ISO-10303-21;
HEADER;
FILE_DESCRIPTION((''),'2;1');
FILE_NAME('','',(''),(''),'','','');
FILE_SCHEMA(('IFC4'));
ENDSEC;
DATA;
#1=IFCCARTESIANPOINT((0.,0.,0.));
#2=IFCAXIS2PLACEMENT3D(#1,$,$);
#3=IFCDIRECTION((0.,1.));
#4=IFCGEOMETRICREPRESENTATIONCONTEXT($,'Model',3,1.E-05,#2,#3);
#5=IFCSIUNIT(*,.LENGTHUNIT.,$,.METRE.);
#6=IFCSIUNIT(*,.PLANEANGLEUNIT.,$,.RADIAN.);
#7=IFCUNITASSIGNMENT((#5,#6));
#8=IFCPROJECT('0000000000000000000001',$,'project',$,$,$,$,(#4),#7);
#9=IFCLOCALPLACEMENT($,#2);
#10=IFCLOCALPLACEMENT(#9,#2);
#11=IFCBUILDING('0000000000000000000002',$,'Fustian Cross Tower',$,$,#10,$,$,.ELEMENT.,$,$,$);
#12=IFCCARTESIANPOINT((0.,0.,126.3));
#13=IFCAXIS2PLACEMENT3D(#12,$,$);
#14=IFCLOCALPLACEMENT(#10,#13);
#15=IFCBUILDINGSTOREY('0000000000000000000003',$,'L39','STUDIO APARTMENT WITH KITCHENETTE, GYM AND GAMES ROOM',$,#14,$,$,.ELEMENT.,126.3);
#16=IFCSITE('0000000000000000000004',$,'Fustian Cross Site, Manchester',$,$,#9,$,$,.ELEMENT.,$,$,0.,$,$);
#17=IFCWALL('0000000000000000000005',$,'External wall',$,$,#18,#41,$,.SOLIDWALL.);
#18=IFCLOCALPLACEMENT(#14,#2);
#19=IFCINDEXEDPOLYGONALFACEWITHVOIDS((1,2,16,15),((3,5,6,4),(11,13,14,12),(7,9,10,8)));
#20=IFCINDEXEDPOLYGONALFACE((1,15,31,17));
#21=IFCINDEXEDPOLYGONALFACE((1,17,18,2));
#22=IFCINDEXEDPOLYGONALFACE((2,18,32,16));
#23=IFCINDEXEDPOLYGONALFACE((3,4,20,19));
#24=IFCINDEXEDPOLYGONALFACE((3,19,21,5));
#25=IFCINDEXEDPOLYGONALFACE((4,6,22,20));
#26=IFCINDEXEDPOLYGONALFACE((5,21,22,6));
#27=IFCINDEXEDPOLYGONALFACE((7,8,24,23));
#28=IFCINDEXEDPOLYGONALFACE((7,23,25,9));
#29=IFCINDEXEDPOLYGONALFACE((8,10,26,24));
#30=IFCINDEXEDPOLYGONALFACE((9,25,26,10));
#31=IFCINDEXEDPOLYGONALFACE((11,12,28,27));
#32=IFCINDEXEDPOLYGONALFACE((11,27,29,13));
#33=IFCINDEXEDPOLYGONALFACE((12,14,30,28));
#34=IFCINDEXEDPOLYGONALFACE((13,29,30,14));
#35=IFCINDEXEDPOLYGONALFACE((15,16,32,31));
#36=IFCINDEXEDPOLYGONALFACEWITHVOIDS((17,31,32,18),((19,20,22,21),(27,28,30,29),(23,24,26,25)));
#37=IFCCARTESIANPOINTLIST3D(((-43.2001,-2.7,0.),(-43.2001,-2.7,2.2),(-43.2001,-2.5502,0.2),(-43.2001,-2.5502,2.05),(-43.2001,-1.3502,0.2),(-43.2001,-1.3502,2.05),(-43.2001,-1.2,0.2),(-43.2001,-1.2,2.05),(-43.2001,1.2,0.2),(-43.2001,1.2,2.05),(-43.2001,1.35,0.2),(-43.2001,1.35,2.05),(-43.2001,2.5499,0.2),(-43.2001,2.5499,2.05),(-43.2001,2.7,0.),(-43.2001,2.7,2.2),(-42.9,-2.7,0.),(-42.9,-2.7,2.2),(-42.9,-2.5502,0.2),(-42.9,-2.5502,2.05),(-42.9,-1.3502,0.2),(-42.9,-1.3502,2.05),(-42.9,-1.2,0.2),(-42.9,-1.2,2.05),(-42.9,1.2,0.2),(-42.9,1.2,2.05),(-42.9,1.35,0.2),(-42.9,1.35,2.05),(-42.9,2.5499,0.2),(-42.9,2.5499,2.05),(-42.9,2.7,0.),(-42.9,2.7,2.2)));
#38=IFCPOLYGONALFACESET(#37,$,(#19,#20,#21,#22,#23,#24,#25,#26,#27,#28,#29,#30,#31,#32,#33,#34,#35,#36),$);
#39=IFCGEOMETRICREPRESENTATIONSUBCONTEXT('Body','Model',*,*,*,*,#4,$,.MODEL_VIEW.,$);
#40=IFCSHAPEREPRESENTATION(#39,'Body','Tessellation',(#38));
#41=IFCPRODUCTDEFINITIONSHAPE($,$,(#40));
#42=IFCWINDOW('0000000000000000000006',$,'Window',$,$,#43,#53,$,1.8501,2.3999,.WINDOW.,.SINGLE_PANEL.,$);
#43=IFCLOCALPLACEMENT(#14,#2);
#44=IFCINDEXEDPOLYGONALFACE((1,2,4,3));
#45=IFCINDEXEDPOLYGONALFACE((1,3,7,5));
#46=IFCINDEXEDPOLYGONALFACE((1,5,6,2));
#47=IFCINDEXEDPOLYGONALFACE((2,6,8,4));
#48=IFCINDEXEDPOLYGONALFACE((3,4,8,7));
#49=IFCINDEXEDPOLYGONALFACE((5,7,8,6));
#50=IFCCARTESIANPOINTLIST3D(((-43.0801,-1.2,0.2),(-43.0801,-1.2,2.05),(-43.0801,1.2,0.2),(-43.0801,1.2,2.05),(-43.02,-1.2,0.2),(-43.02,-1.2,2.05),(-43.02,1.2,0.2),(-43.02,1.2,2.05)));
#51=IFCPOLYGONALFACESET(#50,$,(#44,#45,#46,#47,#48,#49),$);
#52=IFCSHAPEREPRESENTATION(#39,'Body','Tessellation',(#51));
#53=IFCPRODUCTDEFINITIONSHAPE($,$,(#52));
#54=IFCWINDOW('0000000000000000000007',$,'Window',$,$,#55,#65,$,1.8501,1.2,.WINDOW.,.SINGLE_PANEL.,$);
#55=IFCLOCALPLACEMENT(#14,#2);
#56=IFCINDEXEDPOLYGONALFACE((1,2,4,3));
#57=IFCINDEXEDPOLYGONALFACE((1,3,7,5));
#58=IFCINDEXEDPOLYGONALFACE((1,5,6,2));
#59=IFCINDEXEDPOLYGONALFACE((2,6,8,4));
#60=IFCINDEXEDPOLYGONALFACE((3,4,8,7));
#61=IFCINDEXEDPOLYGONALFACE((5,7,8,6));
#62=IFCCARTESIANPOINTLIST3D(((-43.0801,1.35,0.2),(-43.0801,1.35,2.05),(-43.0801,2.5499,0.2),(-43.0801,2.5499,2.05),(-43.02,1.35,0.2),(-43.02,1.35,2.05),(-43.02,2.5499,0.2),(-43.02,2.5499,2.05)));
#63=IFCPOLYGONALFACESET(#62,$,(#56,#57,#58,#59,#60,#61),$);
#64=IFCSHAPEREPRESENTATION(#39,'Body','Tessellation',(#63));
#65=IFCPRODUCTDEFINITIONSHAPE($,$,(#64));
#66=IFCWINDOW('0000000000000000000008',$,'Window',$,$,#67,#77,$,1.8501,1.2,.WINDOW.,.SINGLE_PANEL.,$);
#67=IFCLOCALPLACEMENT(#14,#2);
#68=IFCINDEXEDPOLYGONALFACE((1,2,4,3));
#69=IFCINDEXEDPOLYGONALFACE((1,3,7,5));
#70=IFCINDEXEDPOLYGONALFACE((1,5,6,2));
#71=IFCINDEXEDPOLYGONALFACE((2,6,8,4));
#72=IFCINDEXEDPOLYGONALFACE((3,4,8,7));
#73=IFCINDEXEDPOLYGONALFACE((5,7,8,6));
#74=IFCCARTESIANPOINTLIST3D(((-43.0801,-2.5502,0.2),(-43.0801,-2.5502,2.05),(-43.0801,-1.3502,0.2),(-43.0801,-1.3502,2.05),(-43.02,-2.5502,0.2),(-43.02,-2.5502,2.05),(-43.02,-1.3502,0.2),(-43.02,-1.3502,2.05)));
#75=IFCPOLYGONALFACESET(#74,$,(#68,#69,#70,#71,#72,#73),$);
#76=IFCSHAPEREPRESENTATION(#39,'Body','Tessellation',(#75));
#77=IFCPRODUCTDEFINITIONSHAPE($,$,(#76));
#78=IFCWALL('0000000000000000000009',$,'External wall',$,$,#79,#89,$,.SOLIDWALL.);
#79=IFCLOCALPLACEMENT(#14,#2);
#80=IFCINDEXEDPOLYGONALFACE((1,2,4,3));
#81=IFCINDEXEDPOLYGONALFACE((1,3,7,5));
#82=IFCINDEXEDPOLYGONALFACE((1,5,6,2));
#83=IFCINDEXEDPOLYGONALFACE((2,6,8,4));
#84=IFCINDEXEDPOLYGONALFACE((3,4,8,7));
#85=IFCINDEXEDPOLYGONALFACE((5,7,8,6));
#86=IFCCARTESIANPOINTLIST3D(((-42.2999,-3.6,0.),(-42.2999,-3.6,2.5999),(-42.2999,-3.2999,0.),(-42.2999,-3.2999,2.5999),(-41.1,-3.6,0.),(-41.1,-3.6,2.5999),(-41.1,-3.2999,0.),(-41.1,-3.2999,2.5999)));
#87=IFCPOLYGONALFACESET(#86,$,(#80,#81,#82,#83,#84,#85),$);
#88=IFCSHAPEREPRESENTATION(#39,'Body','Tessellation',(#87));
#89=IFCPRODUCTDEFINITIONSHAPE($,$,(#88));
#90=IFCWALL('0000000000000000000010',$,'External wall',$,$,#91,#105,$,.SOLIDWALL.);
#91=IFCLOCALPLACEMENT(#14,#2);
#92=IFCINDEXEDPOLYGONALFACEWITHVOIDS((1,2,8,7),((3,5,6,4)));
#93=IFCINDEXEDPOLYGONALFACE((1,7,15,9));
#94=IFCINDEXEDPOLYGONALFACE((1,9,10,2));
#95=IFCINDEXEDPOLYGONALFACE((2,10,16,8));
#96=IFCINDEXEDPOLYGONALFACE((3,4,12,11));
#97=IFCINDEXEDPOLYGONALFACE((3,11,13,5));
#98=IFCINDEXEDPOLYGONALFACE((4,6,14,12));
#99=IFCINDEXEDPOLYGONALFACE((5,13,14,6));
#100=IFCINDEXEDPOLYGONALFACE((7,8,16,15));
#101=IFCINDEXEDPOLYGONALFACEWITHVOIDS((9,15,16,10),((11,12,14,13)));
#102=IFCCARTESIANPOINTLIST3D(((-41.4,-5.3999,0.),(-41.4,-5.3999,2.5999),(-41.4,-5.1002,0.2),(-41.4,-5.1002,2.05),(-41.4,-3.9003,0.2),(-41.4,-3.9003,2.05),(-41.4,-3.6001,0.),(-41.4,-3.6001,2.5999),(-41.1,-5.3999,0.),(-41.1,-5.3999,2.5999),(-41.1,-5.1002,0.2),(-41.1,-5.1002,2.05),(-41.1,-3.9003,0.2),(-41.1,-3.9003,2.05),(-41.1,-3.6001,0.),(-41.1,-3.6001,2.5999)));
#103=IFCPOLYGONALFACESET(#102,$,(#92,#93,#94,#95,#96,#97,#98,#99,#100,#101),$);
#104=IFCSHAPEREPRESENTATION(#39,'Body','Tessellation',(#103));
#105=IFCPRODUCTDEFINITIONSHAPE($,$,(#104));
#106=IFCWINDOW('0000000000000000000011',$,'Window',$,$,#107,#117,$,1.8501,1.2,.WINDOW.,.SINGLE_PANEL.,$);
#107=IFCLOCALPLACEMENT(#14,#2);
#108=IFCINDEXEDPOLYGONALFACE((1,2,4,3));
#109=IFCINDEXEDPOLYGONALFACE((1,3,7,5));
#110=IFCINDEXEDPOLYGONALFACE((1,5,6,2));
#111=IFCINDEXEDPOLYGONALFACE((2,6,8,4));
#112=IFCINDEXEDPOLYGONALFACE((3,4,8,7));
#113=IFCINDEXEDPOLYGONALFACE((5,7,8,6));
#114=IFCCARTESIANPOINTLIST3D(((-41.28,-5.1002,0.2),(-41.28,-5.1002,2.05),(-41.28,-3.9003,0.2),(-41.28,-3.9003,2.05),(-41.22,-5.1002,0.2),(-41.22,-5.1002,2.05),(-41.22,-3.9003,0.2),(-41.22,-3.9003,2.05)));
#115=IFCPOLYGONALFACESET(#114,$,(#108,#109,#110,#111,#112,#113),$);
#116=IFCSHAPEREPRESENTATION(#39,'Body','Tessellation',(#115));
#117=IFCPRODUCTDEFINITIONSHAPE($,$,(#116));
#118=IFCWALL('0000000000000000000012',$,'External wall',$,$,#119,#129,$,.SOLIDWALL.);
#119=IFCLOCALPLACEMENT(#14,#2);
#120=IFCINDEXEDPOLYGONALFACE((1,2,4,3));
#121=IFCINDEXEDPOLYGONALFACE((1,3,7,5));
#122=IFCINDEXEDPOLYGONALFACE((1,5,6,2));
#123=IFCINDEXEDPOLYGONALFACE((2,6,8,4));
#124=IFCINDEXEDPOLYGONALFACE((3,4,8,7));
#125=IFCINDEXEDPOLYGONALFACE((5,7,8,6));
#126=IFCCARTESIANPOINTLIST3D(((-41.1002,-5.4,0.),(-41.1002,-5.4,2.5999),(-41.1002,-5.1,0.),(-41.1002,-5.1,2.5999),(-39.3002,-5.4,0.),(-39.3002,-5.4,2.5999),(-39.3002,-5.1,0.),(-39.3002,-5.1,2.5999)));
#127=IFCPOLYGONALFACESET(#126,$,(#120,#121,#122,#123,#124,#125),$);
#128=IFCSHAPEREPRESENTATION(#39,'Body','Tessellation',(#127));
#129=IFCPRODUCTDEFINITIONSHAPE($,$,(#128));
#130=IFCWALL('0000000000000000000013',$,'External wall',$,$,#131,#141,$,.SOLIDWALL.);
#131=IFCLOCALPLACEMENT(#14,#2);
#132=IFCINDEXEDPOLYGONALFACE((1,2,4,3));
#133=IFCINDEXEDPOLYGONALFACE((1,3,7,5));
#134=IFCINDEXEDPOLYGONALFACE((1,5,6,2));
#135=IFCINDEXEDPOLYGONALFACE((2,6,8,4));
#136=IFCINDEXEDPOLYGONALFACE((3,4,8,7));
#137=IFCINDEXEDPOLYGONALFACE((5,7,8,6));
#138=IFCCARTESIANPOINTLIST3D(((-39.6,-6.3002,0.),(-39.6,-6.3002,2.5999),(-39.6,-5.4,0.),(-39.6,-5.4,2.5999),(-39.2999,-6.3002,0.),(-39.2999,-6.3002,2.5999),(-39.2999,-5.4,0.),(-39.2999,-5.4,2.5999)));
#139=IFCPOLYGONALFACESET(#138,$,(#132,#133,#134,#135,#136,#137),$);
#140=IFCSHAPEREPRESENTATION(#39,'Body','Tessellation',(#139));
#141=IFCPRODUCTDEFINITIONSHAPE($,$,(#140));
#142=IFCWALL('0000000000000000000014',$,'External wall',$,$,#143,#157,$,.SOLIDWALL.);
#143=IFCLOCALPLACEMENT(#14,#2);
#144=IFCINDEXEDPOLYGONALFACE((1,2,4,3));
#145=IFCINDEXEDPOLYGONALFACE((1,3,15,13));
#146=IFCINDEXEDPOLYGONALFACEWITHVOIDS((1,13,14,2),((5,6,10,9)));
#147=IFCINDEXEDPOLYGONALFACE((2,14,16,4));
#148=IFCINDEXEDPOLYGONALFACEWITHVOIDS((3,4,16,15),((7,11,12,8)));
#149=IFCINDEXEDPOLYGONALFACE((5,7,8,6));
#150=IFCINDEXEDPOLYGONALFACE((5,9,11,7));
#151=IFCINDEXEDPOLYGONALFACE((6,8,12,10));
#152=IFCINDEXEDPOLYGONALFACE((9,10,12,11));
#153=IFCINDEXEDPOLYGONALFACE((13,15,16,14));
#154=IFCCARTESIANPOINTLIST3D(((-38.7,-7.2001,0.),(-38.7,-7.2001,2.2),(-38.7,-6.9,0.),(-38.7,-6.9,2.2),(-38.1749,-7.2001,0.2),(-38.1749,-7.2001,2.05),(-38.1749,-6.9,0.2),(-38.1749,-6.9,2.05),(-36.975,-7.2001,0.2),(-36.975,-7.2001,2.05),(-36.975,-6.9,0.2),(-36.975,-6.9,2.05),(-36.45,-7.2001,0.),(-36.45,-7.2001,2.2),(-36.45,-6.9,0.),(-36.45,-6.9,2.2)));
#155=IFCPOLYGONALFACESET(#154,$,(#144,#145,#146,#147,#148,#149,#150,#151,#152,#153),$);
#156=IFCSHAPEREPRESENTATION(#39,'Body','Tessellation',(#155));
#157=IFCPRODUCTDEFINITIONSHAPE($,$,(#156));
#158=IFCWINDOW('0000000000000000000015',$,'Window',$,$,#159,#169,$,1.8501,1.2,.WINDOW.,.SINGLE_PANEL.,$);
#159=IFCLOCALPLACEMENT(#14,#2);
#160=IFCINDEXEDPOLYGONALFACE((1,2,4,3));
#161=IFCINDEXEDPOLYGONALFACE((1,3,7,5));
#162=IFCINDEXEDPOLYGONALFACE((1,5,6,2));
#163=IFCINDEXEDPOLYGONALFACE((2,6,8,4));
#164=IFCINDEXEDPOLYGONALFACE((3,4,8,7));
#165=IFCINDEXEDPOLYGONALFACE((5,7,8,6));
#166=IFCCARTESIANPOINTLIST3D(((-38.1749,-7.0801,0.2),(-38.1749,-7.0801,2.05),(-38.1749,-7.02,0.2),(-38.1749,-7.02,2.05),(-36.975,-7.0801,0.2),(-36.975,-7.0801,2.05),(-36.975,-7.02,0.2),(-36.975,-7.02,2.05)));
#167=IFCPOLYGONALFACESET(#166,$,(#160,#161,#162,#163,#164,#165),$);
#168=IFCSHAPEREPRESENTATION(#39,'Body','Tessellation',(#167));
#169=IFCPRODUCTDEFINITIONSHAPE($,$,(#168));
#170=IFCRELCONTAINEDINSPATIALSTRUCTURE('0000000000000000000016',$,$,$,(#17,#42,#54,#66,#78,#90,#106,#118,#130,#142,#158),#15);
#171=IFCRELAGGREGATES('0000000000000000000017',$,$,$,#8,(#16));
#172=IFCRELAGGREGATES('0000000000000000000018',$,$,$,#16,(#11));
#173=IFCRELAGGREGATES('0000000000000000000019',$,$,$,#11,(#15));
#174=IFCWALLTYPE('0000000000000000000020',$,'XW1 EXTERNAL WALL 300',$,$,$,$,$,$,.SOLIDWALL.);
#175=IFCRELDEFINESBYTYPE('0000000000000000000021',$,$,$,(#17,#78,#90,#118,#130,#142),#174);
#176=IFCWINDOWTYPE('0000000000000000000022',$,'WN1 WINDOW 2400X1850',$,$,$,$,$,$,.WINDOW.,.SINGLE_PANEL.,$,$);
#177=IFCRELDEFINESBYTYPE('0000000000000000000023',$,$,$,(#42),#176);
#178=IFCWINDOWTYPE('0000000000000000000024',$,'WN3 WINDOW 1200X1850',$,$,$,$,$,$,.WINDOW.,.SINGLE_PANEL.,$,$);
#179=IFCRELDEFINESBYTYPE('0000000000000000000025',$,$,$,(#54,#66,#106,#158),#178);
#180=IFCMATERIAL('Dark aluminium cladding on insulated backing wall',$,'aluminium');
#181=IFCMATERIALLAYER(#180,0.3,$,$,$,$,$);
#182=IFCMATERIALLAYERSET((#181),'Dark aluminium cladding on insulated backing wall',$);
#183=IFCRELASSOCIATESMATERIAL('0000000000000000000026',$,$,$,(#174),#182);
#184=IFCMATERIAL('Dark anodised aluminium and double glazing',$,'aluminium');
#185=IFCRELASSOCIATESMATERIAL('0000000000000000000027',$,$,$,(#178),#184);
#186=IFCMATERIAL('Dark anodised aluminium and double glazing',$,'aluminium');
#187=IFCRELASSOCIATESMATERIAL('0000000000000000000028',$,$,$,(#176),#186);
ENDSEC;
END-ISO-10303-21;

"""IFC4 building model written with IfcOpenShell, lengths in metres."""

from ifc_helpers import new_model, si_unit, direction, frame, frame_2d, origin, place, context, subcontext, project, spatial, rectangle, extrude, material, layer, layer_set, type_object, element, fill, save


model = new_model("IFC4")

# Units and contexts
model_context = context("Model", 3, precision=1e-05, world=origin(), true_north=direction((0.0, 1.0)))
body_context = subcontext(model_context, "Body", "Model", "MODEL_VIEW")
ifc_project = project(units=[si_unit("LENGTHUNIT", "METRE"), si_unit("PLANEANGLEUNIT", "RADIAN")], contexts=[model_context])

# Site, building, storey
site_placement = place(None, origin())
site = spatial("IfcSite", under=ifc_project, at=site_placement, Name="Fustian Cross Site, Manchester", CompositionType="ELEMENT", RefElevation=0.0)
building_placement = place(site_placement, origin())
building = spatial("IfcBuilding", under=site, at=building_placement, Name="Fustian Cross Tower", CompositionType="ELEMENT")
storey_placement = place(building_placement, frame((0.0, 0.0, 126.3)))
storey = spatial("IfcBuildingStorey", under=building, at=storey_placement, Name="L39", Description="STUDIO APARTMENT WITH KITCHENETTE, GYM AND GAMES ROOM", CompositionType="ELEMENT", Elevation=126.3)

# Shared definitions
ifc_material_1 = material(Name="Dark aluminium cladding on insulated backing wall", Category="aluminium")
ifc_layer_1 = layer(ifc_material_1, 0.3)
ifc_layer_set_1 = layer_set([ifc_layer_1], Name="Dark aluminium cladding on insulated backing wall")
wall_type_1 = type_object("IfcWallType", Name="XW1 EXTERNAL WALL 300", PredefinedType="SOLIDWALL", material=ifc_layer_set_1)

# Shared definitions
ifc_material_2 = material(Name="Dark anodised aluminium and double glazing", Category="aluminium")
window_type_1 = type_object("IfcWindowType", Name="WN3 WINDOW 1200X1850", PartitioningType="SINGLE_PANEL", PredefinedType="WINDOW", material=ifc_material_2)

# Wall, openings, windows
wall_1_placement = place(storey_placement, frame((-43.05, 2.7, 0.0), z_axis=(0.0, 0.0, 1.0), x_axis=(0.0, -1.0, 0.0)))
wall_1 = element("IfcWall", 1, at=wall_1_placement, inside=storey, type_object=wall_type_1, Name="External wall", PredefinedType="SOLIDWALL", context=body_context, shape_type="SweptSolid", body=[
    extrude(rectangle(XDim=5.3999, YDim=0.3, at=frame_2d((2.7, 0.0))), origin(), (0.0, 0.0, 1.0), 2.2),
])
opening_1_placement = place(wall_1_placement, frame((1.5, 0.0, 0.2)))
opening_1 = element("IfcOpeningElement", 2, at=opening_1_placement, cuts=wall_1, PredefinedType="OPENING", context=body_context, shape_type="SweptSolid", body=[
    extrude(rectangle(XDim=2.3999, YDim=1.8501, at=frame_2d((1.2, 0.925))), frame((0.0, 0.1599, 0.0), z_axis=(0.0, -1.0, 0.0), x_axis=(1.0, 0.0, 0.0)), (0.0, 0.0, 1.0), 0.3201),
])
opening_2_placement = place(wall_1_placement, frame((0.1499, 0.0, 0.2)))
opening_2 = element("IfcOpeningElement", 3, at=opening_2_placement, cuts=wall_1, PredefinedType="OPENING", context=body_context, shape_type="SweptSolid", body=[
    extrude(rectangle(XDim=1.2, YDim=1.8501, at=frame_2d((0.6001, 0.925))), frame((0.0, 0.1599, 0.0), z_axis=(0.0, -1.0, 0.0), x_axis=(1.0, 0.0, 0.0)), (0.0, 0.0, 1.0), 0.3201),
])
opening_3_placement = place(wall_1_placement, frame((4.05, 0.0, 0.2)))
opening_3 = element("IfcOpeningElement", 4, at=opening_3_placement, cuts=wall_1, PredefinedType="OPENING", context=body_context, shape_type="SweptSolid", body=[
    extrude(rectangle(XDim=1.2, YDim=1.8501, at=frame_2d((0.6001, 0.925))), frame((0.0, 0.1599, 0.0), z_axis=(0.0, -1.0, 0.0), x_axis=(1.0, 0.0, 0.0)), (0.0, 0.0, 1.0), 0.3201),
])
ifc_material_3 = material(Name="Dark anodised aluminium and double glazing", Category="aluminium")
window_type_2 = type_object("IfcWindowType", Name="WN1 WINDOW 2400X1850", PartitioningType="SINGLE_PANEL", PredefinedType="WINDOW", material=ifc_material_3)
window_1_placement = place(opening_1_placement, origin())
window_1 = element("IfcWindow", 5, at=window_1_placement, inside=storey, type_object=window_type_2, Name="Window", OverallHeight=1.8501, OverallWidth=2.3999, PartitioningType="SINGLE_PANEL", PredefinedType="WINDOW", context=body_context, shape_type="SweptSolid", body=[
    extrude(rectangle(XDim=2.3999, YDim=1.8501, at=frame_2d((1.2, 0.925))), frame((0.0, 0.03, 0.0), z_axis=(0.0, -1.0, 0.0), x_axis=(1.0, 0.0, 0.0)), (0.0, 0.0, 1.0), 0.0601),
])
fill(opening_1, window_1)
window_2_placement = place(opening_2_placement, origin())
window_2 = element("IfcWindow", 6, at=window_2_placement, inside=storey, type_object=window_type_1, Name="Window", OverallHeight=1.8501, OverallWidth=1.2, PartitioningType="SINGLE_PANEL", PredefinedType="WINDOW", context=body_context, shape_type="SweptSolid", body=[
    extrude(rectangle(XDim=1.2, YDim=1.8501, at=frame_2d((0.6001, 0.925))), frame((0.0, 0.03, 0.0), z_axis=(0.0, -1.0, 0.0), x_axis=(1.0, 0.0, 0.0)), (0.0, 0.0, 1.0), 0.0601),
])
fill(opening_2, window_2)
window_3_placement = place(opening_3_placement, origin())
window_3 = element("IfcWindow", 7, at=window_3_placement, inside=storey, type_object=window_type_1, Name="Window", OverallHeight=1.8501, OverallWidth=1.2, PartitioningType="SINGLE_PANEL", PredefinedType="WINDOW", context=body_context, shape_type="SweptSolid", body=[
    extrude(rectangle(XDim=1.2, YDim=1.8501, at=frame_2d((0.6001, 0.925))), frame((0.0, 0.03, 0.0), z_axis=(0.0, -1.0, 0.0), x_axis=(1.0, 0.0, 0.0)), (0.0, 0.0, 1.0), 0.0601),
])
fill(opening_3, window_3)

# Wall
wall_2_placement = place(storey_placement, frame((-42.3, -3.45, 0.0), z_axis=(0.0, 0.0, 1.0), x_axis=(1.0, 0.0, 0.0)))
element("IfcWall", 8, at=wall_2_placement, inside=storey, type_object=wall_type_1, Name="External wall", PredefinedType="SOLIDWALL", context=body_context, shape_type="SweptSolid", body=[
    extrude(rectangle(XDim=1.2, YDim=0.3, at=frame_2d((0.6001, 0.0))), origin(), (0.0, 0.0, 1.0), 2.5999),
])

# Wall, opening, window
wall_3_placement = place(storey_placement, frame((-41.25, -3.6001, 0.0), z_axis=(0.0, 0.0, 1.0), x_axis=(0.0, -1.0, 0.0)))
wall_3 = element("IfcWall", 9, at=wall_3_placement, inside=storey, type_object=wall_type_1, Name="External wall", PredefinedType="SOLIDWALL", context=body_context, shape_type="SweptSolid", body=[
    extrude(rectangle(XDim=1.7998, YDim=0.3, at=frame_2d((0.8999, 0.0))), origin(), (0.0, 0.0, 1.0), 2.5999),
])
opening_4_placement = place(wall_3_placement, frame((0.3, 0.0, 0.2)))
opening_4 = element("IfcOpeningElement", 10, at=opening_4_placement, cuts=wall_3, PredefinedType="OPENING", context=body_context, shape_type="SweptSolid", body=[
    extrude(rectangle(XDim=1.2, YDim=1.8501, at=frame_2d((0.6001, 0.925))), frame((0.0, 0.1599, 0.0), z_axis=(0.0, -1.0, 0.0), x_axis=(1.0, 0.0, 0.0)), (0.0, 0.0, 1.0), 0.3201),
])
window_4_placement = place(opening_4_placement, origin())
window_4 = element("IfcWindow", 11, at=window_4_placement, inside=storey, type_object=window_type_1, Name="Window", OverallHeight=1.8501, OverallWidth=1.2, PartitioningType="SINGLE_PANEL", PredefinedType="WINDOW", context=body_context, shape_type="SweptSolid", body=[
    extrude(rectangle(XDim=1.2, YDim=1.8501, at=frame_2d((0.6001, 0.925))), frame((0.0, 0.03, 0.0), z_axis=(0.0, -1.0, 0.0), x_axis=(1.0, 0.0, 0.0)), (0.0, 0.0, 1.0), 0.0601),
])
fill(opening_4, window_4)

# Walls
wall_4_placement = place(storey_placement, frame((-41.1001, -5.25, 0.0), z_axis=(0.0, 0.0, 1.0), x_axis=(1.0, 0.0, 0.0)))
element("IfcWall", 12, at=wall_4_placement, inside=storey, type_object=wall_type_1, Name="External wall", PredefinedType="SOLIDWALL", context=body_context, shape_type="SweptSolid", body=[
    extrude(rectangle(XDim=1.8, YDim=0.3, at=frame_2d((0.8999, 0.0))), origin(), (0.0, 0.0, 1.0), 2.5999),
])
wall_5_placement = place(storey_placement, frame((-39.45, -5.3999, 0.0), z_axis=(0.0, 0.0, 1.0), x_axis=(0.0, -1.0, 0.0)))
element("IfcWall", 13, at=wall_5_placement, inside=storey, type_object=wall_type_1, Name="External wall", PredefinedType="SOLIDWALL", context=body_context, shape_type="SweptSolid", body=[
    extrude(rectangle(XDim=0.9001, YDim=0.3, at=frame_2d((0.4502, 0.0))), origin(), (0.0, 0.0, 1.0), 2.5999),
])

# Wall, opening, window
wall_6_placement = place(storey_placement, frame((-38.7, -7.05, 0.0), z_axis=(0.0, 0.0, 1.0), x_axis=(1.0, 0.0, 0.0)))
wall_6 = element("IfcWall", 14, at=wall_6_placement, inside=storey, type_object=wall_type_1, Name="External wall", PredefinedType="SOLIDWALL", context=body_context, shape_type="SweptSolid", body=[
    extrude(rectangle(XDim=2.25, YDim=0.3, at=frame_2d((1.125, 0.0))), origin(), (0.0, 0.0, 1.0), 2.2),
])
opening_5_placement = place(wall_6_placement, frame((0.5249, 0.0, 0.2)))
opening_5 = element("IfcOpeningElement", 15, at=opening_5_placement, cuts=wall_6, PredefinedType="OPENING", context=body_context, shape_type="SweptSolid", body=[
    extrude(rectangle(XDim=1.2, YDim=1.8501, at=frame_2d((0.6001, 0.925))), frame((0.0, 0.1599, 0.0), z_axis=(0.0, -1.0, 0.0), x_axis=(1.0, 0.0, 0.0)), (0.0, 0.0, 1.0), 0.3201),
])
window_5_placement = place(opening_5_placement, origin())
window_5 = element("IfcWindow", 16, at=window_5_placement, inside=storey, type_object=window_type_1, Name="Window", OverallHeight=1.8501, OverallWidth=1.2, PartitioningType="SINGLE_PANEL", PredefinedType="WINDOW", context=body_context, shape_type="SweptSolid", body=[
    extrude(rectangle(XDim=1.2, YDim=1.8501, at=frame_2d((0.6001, 0.925))), frame((0.0, 0.03, 0.0), z_axis=(0.0, -1.0, 0.0), x_axis=(1.0, 0.0, 0.0)), (0.0, 0.0, 1.0), 0.0601),
])
fill(opening_5, window_5)

save(model, "model.ifc")
